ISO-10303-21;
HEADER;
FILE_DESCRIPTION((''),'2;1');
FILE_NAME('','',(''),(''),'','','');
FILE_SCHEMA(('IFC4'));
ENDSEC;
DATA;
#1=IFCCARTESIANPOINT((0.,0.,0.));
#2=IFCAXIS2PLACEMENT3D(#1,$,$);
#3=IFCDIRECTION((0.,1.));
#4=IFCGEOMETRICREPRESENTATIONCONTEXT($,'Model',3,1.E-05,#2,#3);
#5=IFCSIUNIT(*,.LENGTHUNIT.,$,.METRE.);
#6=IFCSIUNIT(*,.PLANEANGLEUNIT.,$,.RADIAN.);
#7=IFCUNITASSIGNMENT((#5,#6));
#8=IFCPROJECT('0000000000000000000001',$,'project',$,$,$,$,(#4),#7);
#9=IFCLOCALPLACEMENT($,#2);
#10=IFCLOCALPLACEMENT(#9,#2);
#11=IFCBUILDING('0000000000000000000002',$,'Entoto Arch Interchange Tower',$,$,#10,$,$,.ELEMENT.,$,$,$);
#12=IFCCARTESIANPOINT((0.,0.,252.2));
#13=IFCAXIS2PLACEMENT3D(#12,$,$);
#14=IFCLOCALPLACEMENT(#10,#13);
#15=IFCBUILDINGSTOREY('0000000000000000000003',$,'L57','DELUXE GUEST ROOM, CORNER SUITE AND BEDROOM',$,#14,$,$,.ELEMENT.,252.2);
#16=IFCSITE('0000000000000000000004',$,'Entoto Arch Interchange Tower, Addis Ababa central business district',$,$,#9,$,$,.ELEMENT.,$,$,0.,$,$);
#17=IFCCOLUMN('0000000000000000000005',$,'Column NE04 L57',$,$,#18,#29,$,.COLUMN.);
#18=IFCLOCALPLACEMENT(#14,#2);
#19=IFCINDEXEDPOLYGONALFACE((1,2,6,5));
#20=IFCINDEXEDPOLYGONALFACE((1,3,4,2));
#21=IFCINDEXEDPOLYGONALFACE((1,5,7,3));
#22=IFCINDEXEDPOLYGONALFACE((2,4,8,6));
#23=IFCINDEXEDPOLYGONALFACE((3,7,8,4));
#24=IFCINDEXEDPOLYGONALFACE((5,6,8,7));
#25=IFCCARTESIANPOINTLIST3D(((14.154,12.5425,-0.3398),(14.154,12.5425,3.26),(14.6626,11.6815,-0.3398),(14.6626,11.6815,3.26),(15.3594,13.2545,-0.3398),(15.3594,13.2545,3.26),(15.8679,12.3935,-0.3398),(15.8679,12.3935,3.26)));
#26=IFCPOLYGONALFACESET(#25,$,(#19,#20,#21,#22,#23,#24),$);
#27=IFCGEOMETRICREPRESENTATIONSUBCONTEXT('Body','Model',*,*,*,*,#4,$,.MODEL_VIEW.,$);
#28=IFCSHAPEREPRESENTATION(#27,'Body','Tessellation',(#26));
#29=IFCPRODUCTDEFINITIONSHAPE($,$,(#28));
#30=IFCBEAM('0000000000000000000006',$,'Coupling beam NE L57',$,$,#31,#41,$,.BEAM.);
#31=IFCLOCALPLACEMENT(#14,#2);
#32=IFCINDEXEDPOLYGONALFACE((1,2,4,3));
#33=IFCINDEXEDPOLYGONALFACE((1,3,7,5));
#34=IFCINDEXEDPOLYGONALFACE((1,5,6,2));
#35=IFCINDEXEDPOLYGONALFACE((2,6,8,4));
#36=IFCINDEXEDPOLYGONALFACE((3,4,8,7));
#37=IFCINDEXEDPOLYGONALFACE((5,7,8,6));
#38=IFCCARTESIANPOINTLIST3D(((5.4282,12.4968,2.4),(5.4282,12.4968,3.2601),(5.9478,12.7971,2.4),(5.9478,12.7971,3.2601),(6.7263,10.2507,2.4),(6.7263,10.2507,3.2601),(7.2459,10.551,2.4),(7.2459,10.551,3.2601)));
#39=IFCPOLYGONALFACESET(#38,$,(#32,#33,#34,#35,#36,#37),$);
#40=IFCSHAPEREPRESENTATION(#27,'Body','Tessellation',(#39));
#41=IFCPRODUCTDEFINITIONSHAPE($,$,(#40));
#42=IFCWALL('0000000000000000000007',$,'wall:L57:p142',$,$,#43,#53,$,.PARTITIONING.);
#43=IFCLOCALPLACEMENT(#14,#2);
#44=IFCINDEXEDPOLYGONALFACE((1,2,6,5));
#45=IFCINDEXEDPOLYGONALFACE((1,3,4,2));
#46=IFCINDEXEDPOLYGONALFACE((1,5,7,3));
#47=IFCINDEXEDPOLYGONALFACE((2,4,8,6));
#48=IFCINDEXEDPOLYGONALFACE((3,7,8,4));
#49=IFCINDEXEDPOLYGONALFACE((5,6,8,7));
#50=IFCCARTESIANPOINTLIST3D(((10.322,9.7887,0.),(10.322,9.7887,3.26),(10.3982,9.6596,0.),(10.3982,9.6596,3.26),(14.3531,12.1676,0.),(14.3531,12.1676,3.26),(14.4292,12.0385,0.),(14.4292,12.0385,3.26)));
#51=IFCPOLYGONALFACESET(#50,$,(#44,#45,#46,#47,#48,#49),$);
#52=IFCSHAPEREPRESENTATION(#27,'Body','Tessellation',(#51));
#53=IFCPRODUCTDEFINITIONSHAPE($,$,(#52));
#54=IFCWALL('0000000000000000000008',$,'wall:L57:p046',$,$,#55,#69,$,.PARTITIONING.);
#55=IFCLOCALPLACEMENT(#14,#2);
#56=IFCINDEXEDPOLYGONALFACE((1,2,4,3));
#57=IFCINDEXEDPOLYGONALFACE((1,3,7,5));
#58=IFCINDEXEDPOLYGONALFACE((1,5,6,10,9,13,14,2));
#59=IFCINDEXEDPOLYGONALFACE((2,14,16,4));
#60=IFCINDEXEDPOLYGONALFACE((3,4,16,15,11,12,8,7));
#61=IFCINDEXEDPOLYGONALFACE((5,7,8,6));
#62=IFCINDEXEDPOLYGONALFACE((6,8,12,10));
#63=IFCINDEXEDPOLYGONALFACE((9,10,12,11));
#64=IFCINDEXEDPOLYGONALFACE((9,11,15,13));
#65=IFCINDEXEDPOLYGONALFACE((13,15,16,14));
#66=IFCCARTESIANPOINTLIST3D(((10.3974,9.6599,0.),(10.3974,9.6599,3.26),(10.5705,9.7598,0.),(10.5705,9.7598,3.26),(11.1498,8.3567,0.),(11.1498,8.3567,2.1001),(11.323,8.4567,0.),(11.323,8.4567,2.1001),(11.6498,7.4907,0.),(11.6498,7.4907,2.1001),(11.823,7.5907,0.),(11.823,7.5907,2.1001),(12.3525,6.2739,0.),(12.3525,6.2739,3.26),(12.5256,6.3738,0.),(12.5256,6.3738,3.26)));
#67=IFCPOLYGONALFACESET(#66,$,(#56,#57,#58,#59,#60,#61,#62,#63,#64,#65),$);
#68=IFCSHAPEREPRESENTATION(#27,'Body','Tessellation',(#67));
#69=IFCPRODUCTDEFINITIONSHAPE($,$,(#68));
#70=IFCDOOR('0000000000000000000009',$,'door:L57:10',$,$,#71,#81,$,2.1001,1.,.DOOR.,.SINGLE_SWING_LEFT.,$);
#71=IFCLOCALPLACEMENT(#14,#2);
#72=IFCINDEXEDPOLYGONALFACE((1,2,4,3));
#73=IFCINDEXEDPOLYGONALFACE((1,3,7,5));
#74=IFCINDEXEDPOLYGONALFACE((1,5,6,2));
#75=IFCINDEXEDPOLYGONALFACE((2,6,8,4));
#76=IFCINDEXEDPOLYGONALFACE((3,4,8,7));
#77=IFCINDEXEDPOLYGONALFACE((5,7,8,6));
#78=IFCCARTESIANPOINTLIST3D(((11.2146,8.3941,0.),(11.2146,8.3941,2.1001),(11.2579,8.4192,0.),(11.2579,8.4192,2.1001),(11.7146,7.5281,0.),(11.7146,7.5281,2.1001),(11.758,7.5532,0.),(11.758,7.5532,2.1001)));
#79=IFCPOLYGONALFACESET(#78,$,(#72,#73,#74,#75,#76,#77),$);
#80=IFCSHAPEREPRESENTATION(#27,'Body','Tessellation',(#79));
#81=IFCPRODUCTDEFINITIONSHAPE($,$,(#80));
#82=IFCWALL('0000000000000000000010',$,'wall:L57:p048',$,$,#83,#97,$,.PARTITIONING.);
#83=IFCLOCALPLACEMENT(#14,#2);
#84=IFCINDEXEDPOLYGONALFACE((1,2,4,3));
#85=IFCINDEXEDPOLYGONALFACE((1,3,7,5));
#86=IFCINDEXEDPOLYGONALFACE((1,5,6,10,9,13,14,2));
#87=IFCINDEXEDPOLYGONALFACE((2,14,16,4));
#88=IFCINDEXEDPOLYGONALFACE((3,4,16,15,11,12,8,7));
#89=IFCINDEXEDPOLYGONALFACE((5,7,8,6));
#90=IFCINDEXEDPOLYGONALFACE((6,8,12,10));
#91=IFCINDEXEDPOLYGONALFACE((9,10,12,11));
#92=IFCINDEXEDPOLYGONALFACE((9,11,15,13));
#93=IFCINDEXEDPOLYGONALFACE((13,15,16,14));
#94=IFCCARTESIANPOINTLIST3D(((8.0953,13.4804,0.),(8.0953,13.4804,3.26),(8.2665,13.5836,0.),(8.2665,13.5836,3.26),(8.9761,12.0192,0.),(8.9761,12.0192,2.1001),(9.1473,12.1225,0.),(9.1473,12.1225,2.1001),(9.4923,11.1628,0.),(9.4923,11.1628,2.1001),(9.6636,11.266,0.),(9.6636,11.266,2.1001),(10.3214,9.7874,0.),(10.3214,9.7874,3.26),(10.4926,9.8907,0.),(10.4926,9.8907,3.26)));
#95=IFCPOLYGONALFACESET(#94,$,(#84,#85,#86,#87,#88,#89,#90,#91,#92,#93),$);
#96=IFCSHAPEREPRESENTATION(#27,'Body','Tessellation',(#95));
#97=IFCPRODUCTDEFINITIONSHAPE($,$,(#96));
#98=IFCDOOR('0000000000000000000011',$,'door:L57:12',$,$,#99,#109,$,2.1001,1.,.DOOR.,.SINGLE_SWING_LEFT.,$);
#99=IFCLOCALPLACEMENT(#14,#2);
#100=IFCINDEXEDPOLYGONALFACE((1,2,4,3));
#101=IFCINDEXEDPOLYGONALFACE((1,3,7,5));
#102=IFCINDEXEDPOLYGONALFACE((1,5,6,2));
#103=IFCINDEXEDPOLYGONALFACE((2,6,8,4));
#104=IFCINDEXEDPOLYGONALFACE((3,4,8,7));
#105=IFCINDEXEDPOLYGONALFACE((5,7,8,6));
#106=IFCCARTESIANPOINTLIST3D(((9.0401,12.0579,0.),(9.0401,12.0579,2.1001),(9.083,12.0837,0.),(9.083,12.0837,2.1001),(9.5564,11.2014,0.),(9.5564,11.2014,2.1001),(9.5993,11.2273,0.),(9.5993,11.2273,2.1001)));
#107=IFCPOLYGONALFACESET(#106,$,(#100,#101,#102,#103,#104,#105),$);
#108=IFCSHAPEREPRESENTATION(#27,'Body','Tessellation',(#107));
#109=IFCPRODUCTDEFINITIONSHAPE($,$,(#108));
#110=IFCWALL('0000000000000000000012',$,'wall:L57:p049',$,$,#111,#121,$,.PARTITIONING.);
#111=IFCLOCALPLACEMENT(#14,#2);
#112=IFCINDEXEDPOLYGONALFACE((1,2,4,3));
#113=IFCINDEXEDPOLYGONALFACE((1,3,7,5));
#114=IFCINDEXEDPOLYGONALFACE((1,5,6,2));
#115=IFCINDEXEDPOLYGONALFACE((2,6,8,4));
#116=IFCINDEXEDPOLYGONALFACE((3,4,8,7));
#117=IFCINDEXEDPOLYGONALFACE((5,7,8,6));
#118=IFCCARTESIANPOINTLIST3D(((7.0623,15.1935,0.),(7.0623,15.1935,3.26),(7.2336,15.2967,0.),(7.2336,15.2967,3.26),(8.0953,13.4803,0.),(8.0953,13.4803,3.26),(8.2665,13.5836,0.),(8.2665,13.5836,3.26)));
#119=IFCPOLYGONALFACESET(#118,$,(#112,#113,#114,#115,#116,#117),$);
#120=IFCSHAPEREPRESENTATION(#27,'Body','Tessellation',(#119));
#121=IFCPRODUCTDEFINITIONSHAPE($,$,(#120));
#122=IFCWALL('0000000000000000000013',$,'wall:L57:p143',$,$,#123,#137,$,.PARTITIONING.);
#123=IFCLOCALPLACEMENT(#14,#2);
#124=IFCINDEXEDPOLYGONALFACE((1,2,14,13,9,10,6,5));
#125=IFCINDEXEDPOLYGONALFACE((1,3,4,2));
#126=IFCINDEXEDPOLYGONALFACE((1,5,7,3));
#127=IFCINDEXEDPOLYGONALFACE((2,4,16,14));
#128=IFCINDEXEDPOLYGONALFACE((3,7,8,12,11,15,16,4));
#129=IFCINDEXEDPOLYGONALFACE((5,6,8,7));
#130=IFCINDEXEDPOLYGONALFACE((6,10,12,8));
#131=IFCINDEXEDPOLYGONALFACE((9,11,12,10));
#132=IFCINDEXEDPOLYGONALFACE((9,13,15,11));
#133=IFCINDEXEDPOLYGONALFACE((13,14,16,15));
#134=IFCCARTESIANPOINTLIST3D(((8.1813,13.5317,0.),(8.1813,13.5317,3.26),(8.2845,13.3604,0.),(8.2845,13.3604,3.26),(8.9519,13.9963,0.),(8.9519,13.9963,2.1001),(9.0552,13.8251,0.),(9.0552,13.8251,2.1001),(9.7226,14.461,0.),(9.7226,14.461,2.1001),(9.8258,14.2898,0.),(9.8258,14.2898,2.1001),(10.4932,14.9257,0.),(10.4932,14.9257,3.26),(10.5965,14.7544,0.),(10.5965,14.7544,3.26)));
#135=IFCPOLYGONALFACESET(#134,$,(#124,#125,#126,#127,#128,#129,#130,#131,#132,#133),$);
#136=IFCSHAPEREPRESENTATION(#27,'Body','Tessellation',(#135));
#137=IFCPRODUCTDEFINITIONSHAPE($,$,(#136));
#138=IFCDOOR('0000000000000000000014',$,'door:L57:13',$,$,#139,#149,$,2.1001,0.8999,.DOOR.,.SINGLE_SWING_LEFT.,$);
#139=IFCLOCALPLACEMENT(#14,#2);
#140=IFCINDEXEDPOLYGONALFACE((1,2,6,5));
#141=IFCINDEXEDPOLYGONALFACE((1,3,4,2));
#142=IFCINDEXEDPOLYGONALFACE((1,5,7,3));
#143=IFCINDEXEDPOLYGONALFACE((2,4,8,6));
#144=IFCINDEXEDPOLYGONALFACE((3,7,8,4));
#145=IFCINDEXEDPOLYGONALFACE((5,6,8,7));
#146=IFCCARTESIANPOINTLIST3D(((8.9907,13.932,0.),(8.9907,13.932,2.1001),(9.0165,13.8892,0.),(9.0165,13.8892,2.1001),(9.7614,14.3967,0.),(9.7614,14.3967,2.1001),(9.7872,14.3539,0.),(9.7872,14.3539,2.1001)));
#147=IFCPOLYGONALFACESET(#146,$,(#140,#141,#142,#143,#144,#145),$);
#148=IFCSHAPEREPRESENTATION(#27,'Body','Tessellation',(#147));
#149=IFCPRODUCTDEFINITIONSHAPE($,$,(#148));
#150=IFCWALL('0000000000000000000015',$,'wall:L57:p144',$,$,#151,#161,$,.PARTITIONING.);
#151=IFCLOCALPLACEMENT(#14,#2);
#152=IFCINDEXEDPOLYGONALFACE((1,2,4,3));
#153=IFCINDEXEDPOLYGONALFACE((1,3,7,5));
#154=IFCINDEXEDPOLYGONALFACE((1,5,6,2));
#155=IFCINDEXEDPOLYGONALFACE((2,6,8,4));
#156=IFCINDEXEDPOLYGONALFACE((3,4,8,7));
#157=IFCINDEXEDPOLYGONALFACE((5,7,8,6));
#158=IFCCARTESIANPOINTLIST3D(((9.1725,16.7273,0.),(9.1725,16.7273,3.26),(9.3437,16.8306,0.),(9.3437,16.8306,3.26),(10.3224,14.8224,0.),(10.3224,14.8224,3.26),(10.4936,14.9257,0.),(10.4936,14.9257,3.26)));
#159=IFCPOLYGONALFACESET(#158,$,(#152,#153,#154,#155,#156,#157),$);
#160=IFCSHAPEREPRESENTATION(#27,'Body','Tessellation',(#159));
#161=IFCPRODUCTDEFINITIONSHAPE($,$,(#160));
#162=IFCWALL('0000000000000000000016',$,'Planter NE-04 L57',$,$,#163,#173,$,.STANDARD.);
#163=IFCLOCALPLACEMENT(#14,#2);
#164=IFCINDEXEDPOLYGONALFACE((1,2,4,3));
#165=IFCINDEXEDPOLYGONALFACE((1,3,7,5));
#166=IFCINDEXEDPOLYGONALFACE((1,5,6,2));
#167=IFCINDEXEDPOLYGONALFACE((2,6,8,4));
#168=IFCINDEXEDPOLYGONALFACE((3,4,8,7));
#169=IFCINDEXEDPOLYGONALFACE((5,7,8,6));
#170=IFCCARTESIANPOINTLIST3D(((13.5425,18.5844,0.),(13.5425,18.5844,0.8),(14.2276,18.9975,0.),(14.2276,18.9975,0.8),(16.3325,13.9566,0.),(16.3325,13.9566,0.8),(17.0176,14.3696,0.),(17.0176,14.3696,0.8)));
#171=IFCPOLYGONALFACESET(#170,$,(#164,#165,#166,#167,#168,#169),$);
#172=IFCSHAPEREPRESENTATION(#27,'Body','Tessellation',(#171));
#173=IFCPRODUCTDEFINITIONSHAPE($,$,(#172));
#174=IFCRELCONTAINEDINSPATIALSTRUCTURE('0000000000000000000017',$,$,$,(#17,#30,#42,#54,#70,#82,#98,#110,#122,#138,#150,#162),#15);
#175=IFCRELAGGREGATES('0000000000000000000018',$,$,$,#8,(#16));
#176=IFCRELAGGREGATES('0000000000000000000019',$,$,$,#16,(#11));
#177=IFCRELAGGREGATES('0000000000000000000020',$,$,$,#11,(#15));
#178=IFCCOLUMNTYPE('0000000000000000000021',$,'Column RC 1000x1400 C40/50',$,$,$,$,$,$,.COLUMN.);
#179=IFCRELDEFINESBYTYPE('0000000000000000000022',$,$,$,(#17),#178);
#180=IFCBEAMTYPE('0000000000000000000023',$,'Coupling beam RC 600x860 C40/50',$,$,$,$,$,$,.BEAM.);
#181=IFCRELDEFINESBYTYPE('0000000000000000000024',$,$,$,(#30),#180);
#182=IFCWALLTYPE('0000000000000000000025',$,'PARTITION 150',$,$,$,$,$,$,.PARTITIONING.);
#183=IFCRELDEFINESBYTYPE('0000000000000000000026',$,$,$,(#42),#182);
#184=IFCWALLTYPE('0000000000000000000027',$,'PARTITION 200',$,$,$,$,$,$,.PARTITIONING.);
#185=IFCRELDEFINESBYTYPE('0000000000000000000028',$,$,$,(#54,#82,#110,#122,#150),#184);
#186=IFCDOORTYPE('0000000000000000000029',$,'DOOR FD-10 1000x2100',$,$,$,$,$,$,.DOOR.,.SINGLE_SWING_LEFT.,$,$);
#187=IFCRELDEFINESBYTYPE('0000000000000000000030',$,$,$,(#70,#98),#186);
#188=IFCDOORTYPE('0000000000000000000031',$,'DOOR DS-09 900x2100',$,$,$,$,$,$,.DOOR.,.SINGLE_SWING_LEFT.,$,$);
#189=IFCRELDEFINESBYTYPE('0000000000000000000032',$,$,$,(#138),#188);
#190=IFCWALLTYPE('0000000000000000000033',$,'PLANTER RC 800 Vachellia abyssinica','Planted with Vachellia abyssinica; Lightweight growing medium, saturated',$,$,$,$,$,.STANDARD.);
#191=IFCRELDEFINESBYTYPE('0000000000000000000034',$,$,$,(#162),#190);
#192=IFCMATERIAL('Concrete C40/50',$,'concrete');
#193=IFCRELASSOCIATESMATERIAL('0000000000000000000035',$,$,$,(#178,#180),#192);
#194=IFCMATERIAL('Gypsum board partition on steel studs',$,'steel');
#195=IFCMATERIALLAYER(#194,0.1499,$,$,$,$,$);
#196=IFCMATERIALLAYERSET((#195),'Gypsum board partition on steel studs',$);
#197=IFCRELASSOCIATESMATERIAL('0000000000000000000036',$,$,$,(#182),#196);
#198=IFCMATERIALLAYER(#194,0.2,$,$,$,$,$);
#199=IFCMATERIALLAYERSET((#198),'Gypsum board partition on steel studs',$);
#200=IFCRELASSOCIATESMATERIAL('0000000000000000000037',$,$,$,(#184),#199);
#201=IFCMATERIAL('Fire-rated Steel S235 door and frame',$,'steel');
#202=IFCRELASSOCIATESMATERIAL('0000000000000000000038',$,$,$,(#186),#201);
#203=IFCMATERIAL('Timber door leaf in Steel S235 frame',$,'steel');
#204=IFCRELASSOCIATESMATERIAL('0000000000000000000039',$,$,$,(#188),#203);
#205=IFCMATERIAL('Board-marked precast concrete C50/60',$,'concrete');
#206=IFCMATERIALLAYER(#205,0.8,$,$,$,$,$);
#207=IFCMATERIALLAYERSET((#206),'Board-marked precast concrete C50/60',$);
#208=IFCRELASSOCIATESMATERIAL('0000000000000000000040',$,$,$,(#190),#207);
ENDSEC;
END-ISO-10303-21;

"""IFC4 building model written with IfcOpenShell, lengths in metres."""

from ifc_helpers import new_model, si_unit, direction, frame, frame_2d, origin, origin_2d, place, context, subcontext, project, spatial, rectangle, extrude, material, layer, layer_set, material_profile, profile_set, type_object, element, fill, save


model = new_model("IFC4")

# Units and contexts
model_context = context("Model", 3, precision=1e-05, world=origin(), true_north=direction((0.0, 1.0)))
body_context = subcontext(model_context, "Body", "Model", "MODEL_VIEW")
ifc_project = project(units=[si_unit("LENGTHUNIT", "METRE"), si_unit("PLANEANGLEUNIT", "RADIAN")], contexts=[model_context])

# Site, building, storey
site_placement = place(None, origin())
site = spatial("IfcSite", under=ifc_project, at=site_placement, Name="Entoto Arch Interchange Tower, Addis Ababa central business district", CompositionType="ELEMENT", RefElevation=0.0)
building_placement = place(site_placement, origin())
building = spatial("IfcBuilding", under=site, at=building_placement, Name="Entoto Arch Interchange Tower", CompositionType="ELEMENT")
storey_placement = place(building_placement, frame((0.0, 0.0, 252.2)))
storey = spatial("IfcBuildingStorey", under=building, at=storey_placement, Name="L57", Description="DELUXE GUEST ROOM, CORNER SUITE AND BEDROOM", CompositionType="ELEMENT", Elevation=252.2)

# Column
ifc_material_1 = material(Name="Concrete C40/50", Category="concrete")
ifc_material_profile_1 = material_profile(ifc_material_1, rectangle(XDim=1.0, YDim=1.3999, at=origin_2d()))
ifc_profile_set_1 = profile_set([ifc_material_profile_1], Name="Concrete C40/50")
column_type = type_object("IfcColumnType", Name="Column RC 1000x1400 C40/50", PredefinedType="COLUMN", material=ifc_profile_set_1)
column_placement = place(storey_placement, frame((15.011, 12.468, -0.3398), z_axis=(0.0, 0.0, 1.0), x_axis=(-0.508576, 0.861017, 0.0)))
element("IfcColumn", 1, at=column_placement, inside=storey, type_object=column_type, Name="Column NE04 L57", PredefinedType="COLUMN", context=body_context, shape_type="SweptSolid", body=[
    extrude(rectangle(XDim=1.0, YDim=1.3999, at=origin_2d()), origin(), (0.0, 0.0, 1.0), 3.5999),
])

# Beam
ifc_material_profile_2 = material_profile(ifc_material_1, rectangle(XDim=0.6001, YDim=0.8601, at=origin_2d()))
ifc_profile_set_2 = profile_set([ifc_material_profile_2], Name="Concrete C40/50")
beam_type = type_object("IfcBeamType", Name="Coupling beam RC 600x860 C40/50", PredefinedType="BEAM", material=ifc_profile_set_2)
beam_placement = place(storey_placement, frame((6.9861, 10.4009, 2.8301), z_axis=(-0.50038, 0.865806, 0.0), x_axis=(-0.865806, -0.50038, 0.0)))
element("IfcBeam", 2, at=beam_placement, inside=storey, type_object=beam_type, Name="Coupling beam NE L57", PredefinedType="BEAM", context=body_context, shape_type="SweptSolid", body=[
    extrude(rectangle(XDim=0.6001, YDim=0.8601, at=origin_2d()), origin(), (0.0, 0.0, 1.0), 2.5942),
])

# Wall
ifc_material_2 = material(Name="Gypsum board partition on steel studs", Category="steel")
ifc_layer_1 = layer(ifc_material_2, 0.1499)
ifc_layer_set_1 = layer_set([ifc_layer_1], Name="Gypsum board partition on steel studs")
wall_type_1 = type_object("IfcWallType", Name="PARTITION 150", PredefinedType="PARTITIONING", material=ifc_layer_set_1)
wall_1_placement = place(storey_placement, frame((10.3601, 9.7241, 0.0), z_axis=(0.0, 0.0, 1.0), x_axis=(0.861212, 0.508246, 0.0)))
element("IfcWall", 3, at=wall_1_placement, inside=storey, type_object=wall_type_1, Name="wall:L57:p142", PredefinedType="PARTITIONING", context=body_context, shape_type="SweptSolid", body=[
    extrude(rectangle(XDim=4.6807, YDim=0.1499, at=frame_2d((2.3403, 0.0))), origin(), (0.0, 0.0, 1.0), 3.26),
])

# Walls, openings, doors
ifc_layer_2 = layer(ifc_material_2, 0.2)
ifc_layer_set_2 = layer_set([ifc_layer_2], Name="Gypsum board partition on steel studs")
wall_type_2 = type_object("IfcWallType", Name="PARTITION 200", PredefinedType="PARTITIONING", material=ifc_layer_set_2)
wall_2_placement = place(storey_placement, frame((10.4839, 9.71, 0.0), z_axis=(0.0, 0.0, 1.0), x_axis=(0.500034, -0.866006, 0.0)))
wall_2 = element("IfcWall", 4, at=wall_2_placement, inside=storey, type_object=wall_type_2, Name="wall:L57:p046", PredefinedType="PARTITIONING", context=body_context, shape_type="SweptSolid", body=[
    extrude(rectangle(XDim=3.9099, YDim=0.2, at=frame_2d((1.9551, 0.0))), origin(), (0.0, 0.0, 1.0), 3.26),
])
opening_1_placement = place(wall_2_placement, frame((1.5049, 0.0, 0.0)))
opening_1 = element("IfcOpeningElement", 5, at=opening_1_placement, cuts=wall_2, PredefinedType="OPENING", context=body_context, shape_type="SweptSolid", body=[
    extrude(rectangle(XDim=1.0, YDim=2.1001, at=frame_2d((0.5, 1.05))), frame((0.0, 0.1099, 0.0), z_axis=(0.0, -1.0, 0.0), x_axis=(1.0, 0.0, 0.0)), (0.0, 0.0, 1.0), 0.22),
])
ifc_material_3 = material(Name="Fire-rated Steel S235 door and frame", Category="steel")
door_type_1 = type_object("IfcDoorType", Name="DOOR FD-10 1000x2100", OperationType="SINGLE_SWING_LEFT", PredefinedType="DOOR", material=ifc_material_3)
door_1_placement = place(opening_1_placement, origin())
door_1 = element("IfcDoor", 6, at=door_1_placement, inside=storey, type_object=door_type_1, Name="door:L57:10", OperationType="SINGLE_SWING_LEFT", OverallHeight=2.1001, OverallWidth=1.0, PredefinedType="DOOR", context=body_context, shape_type="SweptSolid", body=[
    extrude(rectangle(XDim=1.0, YDim=2.1001, at=frame_2d((0.5, 1.05))), frame((0.0, 0.0249, 0.0), z_axis=(0.0, -1.0, 0.0), x_axis=(1.0, 0.0, 0.0)), (0.0, 0.0, 1.0), 0.05),
])
fill(opening_1, door_1)
wall_3_placement = place(storey_placement, frame((8.1809, 13.532, 0.0), z_axis=(0.0, 0.0, 1.0), x_axis=(0.51626, -0.856432, 0.0)))
wall_3 = element("IfcWall", 7, at=wall_3_placement, inside=storey, type_object=wall_type_2, Name="wall:L57:p048", PredefinedType="PARTITIONING", context=body_context, shape_type="SweptSolid", body=[
    extrude(rectangle(XDim=4.312, YDim=0.2, at=frame_2d((2.156, 0.0))), origin(), (0.0, 0.0, 1.0), 3.26),
])
opening_2_placement = place(wall_3_placement, frame((1.7061, 0.0, 0.0)))
opening_2 = element("IfcOpeningElement", 8, at=opening_2_placement, cuts=wall_3, PredefinedType="OPENING", context=body_context, shape_type="SweptSolid", body=[
    extrude(rectangle(XDim=1.0, YDim=2.1001, at=frame_2d((0.5, 1.05))), frame((0.0, 0.1099, 0.0), z_axis=(0.0, -1.0, 0.0), x_axis=(1.0, 0.0, 0.0)), (0.0, 0.0, 1.0), 0.22),
])
door_2_placement = place(opening_2_placement, origin())
door_2 = element("IfcDoor", 9, at=door_2_placement, inside=storey, type_object=door_type_1, Name="door:L57:12", OperationType="SINGLE_SWING_LEFT", OverallHeight=2.1001, OverallWidth=1.0, PredefinedType="DOOR", context=body_context, shape_type="SweptSolid", body=[
    extrude(rectangle(XDim=1.0, YDim=2.1001, at=frame_2d((0.5, 1.05))), frame((0.0, 0.0249, 0.0), z_axis=(0.0, -1.0, 0.0), x_axis=(1.0, 0.0, 0.0)), (0.0, 0.0, 1.0), 0.05),
])
fill(opening_2, door_2)

# Wall
wall_4_placement = place(storey_placement, frame((7.1479, 15.2451, 0.0), z_axis=(0.0, 0.0, 1.0), x_axis=(0.516361, -0.856371, 0.0)))
element("IfcWall", 10, at=wall_4_placement, inside=storey, type_object=wall_type_2, Name="wall:L57:p049", PredefinedType="PARTITIONING", context=body_context, shape_type="SweptSolid", body=[
    extrude(rectangle(XDim=2.0005, YDim=0.2, at=frame_2d((1.0002, 0.0))), origin(), (0.0, 0.0, 1.0), 3.26),
])

# Wall, opening, door
wall_5_placement = place(storey_placement, frame((8.2329, 13.446, 0.0), z_axis=(0.0, 0.0, 1.0), x_axis=(0.856374, 0.516356, 0.0)))
wall_5 = element("IfcWall", 11, at=wall_5_placement, inside=storey, type_object=wall_type_2, Name="wall:L57:p143", PredefinedType="PARTITIONING", context=body_context, shape_type="SweptSolid", body=[
    extrude(rectangle(XDim=2.6997, YDim=0.2, at=frame_2d((1.3499, 0.0))), origin(), (0.0, 0.0, 1.0), 3.26),
])
opening_3_placement = place(wall_5_placement, frame((0.8999, 0.0, 0.0)))
opening_3 = element("IfcOpeningElement", 12, at=opening_3_placement, cuts=wall_5, PredefinedType="OPENING", context=body_context, shape_type="SweptSolid", body=[
    extrude(rectangle(XDim=0.8999, YDim=2.1001, at=frame_2d((0.45, 1.05))), frame((0.0, 0.1099, 0.0), z_axis=(0.0, -1.0, 0.0), x_axis=(1.0, 0.0, 0.0)), (0.0, 0.0, 1.0), 0.22),
])
ifc_material_4 = material(Name="Timber door leaf in Steel S235 frame", Category="steel")
door_type_2 = type_object("IfcDoorType", Name="DOOR DS-09 900x2100", OperationType="SINGLE_SWING_LEFT", PredefinedType="DOOR", material=ifc_material_4)
door_3_placement = place(opening_3_placement, origin())
door_3 = element("IfcDoor", 13, at=door_3_placement, inside=storey, type_object=door_type_2, Name="door:L57:13", OperationType="SINGLE_SWING_LEFT", OverallHeight=2.1001, OverallWidth=0.8999, PredefinedType="DOOR", context=body_context, shape_type="SweptSolid", body=[
    extrude(rectangle(XDim=0.8999, YDim=2.1001, at=frame_2d((0.45, 1.05))), frame((0.0, 0.0249, 0.0), z_axis=(0.0, -1.0, 0.0), x_axis=(1.0, 0.0, 0.0)), (0.0, 0.0, 1.0), 0.05),
])
fill(opening_3, door_3)

# Walls
wall_6_placement = place(storey_placement, frame((10.408, 14.874, 0.0), z_axis=(0.0, 0.0, 1.0), x_axis=(-0.516769, 0.856125, 0.0)))
element("IfcWall", 14, at=wall_6_placement, inside=storey, type_object=wall_type_2, Name="wall:L57:p144", PredefinedType="PARTITIONING", context=body_context, shape_type="SweptSolid", body=[
    extrude(rectangle(XDim=2.2251, YDim=0.2, at=frame_2d((1.1125, 0.0))), origin(), (0.0, 0.0, 1.0), 3.26),
])
ifc_material_5 = material(Name="Board-marked precast concrete C50/60", Category="concrete")
ifc_layer_3 = layer(ifc_material_5, 0.8)
ifc_layer_set_3 = layer_set([ifc_layer_3], Name="Board-marked precast concrete C50/60")
wall_type_3 = type_object("IfcWallType", Name="PLANTER RC 800 Vachellia abyssinica", Description="Planted with Vachellia abyssinica; Lightweight growing medium, saturated", PredefinedType="STANDARD", material=ifc_layer_set_3)
wall_7_placement = place(storey_placement, frame((16.675, 14.1631, 0.0), z_axis=(0.0, 0.0, 1.0), x_axis=(-0.516302, 0.856407, 0.0)))
element("IfcWall", 15, at=wall_7_placement, inside=storey, type_object=wall_type_3, Name="Planter NE-04 L57", PredefinedType="STANDARD", context=body_context, shape_type="SweptSolid", body=[
    extrude(rectangle(XDim=5.4038, YDim=0.8, at=frame_2d((2.7019, 0.0))), origin(), (0.0, 0.0, 1.0), 0.8),
])

save(model, "model.ifc")
